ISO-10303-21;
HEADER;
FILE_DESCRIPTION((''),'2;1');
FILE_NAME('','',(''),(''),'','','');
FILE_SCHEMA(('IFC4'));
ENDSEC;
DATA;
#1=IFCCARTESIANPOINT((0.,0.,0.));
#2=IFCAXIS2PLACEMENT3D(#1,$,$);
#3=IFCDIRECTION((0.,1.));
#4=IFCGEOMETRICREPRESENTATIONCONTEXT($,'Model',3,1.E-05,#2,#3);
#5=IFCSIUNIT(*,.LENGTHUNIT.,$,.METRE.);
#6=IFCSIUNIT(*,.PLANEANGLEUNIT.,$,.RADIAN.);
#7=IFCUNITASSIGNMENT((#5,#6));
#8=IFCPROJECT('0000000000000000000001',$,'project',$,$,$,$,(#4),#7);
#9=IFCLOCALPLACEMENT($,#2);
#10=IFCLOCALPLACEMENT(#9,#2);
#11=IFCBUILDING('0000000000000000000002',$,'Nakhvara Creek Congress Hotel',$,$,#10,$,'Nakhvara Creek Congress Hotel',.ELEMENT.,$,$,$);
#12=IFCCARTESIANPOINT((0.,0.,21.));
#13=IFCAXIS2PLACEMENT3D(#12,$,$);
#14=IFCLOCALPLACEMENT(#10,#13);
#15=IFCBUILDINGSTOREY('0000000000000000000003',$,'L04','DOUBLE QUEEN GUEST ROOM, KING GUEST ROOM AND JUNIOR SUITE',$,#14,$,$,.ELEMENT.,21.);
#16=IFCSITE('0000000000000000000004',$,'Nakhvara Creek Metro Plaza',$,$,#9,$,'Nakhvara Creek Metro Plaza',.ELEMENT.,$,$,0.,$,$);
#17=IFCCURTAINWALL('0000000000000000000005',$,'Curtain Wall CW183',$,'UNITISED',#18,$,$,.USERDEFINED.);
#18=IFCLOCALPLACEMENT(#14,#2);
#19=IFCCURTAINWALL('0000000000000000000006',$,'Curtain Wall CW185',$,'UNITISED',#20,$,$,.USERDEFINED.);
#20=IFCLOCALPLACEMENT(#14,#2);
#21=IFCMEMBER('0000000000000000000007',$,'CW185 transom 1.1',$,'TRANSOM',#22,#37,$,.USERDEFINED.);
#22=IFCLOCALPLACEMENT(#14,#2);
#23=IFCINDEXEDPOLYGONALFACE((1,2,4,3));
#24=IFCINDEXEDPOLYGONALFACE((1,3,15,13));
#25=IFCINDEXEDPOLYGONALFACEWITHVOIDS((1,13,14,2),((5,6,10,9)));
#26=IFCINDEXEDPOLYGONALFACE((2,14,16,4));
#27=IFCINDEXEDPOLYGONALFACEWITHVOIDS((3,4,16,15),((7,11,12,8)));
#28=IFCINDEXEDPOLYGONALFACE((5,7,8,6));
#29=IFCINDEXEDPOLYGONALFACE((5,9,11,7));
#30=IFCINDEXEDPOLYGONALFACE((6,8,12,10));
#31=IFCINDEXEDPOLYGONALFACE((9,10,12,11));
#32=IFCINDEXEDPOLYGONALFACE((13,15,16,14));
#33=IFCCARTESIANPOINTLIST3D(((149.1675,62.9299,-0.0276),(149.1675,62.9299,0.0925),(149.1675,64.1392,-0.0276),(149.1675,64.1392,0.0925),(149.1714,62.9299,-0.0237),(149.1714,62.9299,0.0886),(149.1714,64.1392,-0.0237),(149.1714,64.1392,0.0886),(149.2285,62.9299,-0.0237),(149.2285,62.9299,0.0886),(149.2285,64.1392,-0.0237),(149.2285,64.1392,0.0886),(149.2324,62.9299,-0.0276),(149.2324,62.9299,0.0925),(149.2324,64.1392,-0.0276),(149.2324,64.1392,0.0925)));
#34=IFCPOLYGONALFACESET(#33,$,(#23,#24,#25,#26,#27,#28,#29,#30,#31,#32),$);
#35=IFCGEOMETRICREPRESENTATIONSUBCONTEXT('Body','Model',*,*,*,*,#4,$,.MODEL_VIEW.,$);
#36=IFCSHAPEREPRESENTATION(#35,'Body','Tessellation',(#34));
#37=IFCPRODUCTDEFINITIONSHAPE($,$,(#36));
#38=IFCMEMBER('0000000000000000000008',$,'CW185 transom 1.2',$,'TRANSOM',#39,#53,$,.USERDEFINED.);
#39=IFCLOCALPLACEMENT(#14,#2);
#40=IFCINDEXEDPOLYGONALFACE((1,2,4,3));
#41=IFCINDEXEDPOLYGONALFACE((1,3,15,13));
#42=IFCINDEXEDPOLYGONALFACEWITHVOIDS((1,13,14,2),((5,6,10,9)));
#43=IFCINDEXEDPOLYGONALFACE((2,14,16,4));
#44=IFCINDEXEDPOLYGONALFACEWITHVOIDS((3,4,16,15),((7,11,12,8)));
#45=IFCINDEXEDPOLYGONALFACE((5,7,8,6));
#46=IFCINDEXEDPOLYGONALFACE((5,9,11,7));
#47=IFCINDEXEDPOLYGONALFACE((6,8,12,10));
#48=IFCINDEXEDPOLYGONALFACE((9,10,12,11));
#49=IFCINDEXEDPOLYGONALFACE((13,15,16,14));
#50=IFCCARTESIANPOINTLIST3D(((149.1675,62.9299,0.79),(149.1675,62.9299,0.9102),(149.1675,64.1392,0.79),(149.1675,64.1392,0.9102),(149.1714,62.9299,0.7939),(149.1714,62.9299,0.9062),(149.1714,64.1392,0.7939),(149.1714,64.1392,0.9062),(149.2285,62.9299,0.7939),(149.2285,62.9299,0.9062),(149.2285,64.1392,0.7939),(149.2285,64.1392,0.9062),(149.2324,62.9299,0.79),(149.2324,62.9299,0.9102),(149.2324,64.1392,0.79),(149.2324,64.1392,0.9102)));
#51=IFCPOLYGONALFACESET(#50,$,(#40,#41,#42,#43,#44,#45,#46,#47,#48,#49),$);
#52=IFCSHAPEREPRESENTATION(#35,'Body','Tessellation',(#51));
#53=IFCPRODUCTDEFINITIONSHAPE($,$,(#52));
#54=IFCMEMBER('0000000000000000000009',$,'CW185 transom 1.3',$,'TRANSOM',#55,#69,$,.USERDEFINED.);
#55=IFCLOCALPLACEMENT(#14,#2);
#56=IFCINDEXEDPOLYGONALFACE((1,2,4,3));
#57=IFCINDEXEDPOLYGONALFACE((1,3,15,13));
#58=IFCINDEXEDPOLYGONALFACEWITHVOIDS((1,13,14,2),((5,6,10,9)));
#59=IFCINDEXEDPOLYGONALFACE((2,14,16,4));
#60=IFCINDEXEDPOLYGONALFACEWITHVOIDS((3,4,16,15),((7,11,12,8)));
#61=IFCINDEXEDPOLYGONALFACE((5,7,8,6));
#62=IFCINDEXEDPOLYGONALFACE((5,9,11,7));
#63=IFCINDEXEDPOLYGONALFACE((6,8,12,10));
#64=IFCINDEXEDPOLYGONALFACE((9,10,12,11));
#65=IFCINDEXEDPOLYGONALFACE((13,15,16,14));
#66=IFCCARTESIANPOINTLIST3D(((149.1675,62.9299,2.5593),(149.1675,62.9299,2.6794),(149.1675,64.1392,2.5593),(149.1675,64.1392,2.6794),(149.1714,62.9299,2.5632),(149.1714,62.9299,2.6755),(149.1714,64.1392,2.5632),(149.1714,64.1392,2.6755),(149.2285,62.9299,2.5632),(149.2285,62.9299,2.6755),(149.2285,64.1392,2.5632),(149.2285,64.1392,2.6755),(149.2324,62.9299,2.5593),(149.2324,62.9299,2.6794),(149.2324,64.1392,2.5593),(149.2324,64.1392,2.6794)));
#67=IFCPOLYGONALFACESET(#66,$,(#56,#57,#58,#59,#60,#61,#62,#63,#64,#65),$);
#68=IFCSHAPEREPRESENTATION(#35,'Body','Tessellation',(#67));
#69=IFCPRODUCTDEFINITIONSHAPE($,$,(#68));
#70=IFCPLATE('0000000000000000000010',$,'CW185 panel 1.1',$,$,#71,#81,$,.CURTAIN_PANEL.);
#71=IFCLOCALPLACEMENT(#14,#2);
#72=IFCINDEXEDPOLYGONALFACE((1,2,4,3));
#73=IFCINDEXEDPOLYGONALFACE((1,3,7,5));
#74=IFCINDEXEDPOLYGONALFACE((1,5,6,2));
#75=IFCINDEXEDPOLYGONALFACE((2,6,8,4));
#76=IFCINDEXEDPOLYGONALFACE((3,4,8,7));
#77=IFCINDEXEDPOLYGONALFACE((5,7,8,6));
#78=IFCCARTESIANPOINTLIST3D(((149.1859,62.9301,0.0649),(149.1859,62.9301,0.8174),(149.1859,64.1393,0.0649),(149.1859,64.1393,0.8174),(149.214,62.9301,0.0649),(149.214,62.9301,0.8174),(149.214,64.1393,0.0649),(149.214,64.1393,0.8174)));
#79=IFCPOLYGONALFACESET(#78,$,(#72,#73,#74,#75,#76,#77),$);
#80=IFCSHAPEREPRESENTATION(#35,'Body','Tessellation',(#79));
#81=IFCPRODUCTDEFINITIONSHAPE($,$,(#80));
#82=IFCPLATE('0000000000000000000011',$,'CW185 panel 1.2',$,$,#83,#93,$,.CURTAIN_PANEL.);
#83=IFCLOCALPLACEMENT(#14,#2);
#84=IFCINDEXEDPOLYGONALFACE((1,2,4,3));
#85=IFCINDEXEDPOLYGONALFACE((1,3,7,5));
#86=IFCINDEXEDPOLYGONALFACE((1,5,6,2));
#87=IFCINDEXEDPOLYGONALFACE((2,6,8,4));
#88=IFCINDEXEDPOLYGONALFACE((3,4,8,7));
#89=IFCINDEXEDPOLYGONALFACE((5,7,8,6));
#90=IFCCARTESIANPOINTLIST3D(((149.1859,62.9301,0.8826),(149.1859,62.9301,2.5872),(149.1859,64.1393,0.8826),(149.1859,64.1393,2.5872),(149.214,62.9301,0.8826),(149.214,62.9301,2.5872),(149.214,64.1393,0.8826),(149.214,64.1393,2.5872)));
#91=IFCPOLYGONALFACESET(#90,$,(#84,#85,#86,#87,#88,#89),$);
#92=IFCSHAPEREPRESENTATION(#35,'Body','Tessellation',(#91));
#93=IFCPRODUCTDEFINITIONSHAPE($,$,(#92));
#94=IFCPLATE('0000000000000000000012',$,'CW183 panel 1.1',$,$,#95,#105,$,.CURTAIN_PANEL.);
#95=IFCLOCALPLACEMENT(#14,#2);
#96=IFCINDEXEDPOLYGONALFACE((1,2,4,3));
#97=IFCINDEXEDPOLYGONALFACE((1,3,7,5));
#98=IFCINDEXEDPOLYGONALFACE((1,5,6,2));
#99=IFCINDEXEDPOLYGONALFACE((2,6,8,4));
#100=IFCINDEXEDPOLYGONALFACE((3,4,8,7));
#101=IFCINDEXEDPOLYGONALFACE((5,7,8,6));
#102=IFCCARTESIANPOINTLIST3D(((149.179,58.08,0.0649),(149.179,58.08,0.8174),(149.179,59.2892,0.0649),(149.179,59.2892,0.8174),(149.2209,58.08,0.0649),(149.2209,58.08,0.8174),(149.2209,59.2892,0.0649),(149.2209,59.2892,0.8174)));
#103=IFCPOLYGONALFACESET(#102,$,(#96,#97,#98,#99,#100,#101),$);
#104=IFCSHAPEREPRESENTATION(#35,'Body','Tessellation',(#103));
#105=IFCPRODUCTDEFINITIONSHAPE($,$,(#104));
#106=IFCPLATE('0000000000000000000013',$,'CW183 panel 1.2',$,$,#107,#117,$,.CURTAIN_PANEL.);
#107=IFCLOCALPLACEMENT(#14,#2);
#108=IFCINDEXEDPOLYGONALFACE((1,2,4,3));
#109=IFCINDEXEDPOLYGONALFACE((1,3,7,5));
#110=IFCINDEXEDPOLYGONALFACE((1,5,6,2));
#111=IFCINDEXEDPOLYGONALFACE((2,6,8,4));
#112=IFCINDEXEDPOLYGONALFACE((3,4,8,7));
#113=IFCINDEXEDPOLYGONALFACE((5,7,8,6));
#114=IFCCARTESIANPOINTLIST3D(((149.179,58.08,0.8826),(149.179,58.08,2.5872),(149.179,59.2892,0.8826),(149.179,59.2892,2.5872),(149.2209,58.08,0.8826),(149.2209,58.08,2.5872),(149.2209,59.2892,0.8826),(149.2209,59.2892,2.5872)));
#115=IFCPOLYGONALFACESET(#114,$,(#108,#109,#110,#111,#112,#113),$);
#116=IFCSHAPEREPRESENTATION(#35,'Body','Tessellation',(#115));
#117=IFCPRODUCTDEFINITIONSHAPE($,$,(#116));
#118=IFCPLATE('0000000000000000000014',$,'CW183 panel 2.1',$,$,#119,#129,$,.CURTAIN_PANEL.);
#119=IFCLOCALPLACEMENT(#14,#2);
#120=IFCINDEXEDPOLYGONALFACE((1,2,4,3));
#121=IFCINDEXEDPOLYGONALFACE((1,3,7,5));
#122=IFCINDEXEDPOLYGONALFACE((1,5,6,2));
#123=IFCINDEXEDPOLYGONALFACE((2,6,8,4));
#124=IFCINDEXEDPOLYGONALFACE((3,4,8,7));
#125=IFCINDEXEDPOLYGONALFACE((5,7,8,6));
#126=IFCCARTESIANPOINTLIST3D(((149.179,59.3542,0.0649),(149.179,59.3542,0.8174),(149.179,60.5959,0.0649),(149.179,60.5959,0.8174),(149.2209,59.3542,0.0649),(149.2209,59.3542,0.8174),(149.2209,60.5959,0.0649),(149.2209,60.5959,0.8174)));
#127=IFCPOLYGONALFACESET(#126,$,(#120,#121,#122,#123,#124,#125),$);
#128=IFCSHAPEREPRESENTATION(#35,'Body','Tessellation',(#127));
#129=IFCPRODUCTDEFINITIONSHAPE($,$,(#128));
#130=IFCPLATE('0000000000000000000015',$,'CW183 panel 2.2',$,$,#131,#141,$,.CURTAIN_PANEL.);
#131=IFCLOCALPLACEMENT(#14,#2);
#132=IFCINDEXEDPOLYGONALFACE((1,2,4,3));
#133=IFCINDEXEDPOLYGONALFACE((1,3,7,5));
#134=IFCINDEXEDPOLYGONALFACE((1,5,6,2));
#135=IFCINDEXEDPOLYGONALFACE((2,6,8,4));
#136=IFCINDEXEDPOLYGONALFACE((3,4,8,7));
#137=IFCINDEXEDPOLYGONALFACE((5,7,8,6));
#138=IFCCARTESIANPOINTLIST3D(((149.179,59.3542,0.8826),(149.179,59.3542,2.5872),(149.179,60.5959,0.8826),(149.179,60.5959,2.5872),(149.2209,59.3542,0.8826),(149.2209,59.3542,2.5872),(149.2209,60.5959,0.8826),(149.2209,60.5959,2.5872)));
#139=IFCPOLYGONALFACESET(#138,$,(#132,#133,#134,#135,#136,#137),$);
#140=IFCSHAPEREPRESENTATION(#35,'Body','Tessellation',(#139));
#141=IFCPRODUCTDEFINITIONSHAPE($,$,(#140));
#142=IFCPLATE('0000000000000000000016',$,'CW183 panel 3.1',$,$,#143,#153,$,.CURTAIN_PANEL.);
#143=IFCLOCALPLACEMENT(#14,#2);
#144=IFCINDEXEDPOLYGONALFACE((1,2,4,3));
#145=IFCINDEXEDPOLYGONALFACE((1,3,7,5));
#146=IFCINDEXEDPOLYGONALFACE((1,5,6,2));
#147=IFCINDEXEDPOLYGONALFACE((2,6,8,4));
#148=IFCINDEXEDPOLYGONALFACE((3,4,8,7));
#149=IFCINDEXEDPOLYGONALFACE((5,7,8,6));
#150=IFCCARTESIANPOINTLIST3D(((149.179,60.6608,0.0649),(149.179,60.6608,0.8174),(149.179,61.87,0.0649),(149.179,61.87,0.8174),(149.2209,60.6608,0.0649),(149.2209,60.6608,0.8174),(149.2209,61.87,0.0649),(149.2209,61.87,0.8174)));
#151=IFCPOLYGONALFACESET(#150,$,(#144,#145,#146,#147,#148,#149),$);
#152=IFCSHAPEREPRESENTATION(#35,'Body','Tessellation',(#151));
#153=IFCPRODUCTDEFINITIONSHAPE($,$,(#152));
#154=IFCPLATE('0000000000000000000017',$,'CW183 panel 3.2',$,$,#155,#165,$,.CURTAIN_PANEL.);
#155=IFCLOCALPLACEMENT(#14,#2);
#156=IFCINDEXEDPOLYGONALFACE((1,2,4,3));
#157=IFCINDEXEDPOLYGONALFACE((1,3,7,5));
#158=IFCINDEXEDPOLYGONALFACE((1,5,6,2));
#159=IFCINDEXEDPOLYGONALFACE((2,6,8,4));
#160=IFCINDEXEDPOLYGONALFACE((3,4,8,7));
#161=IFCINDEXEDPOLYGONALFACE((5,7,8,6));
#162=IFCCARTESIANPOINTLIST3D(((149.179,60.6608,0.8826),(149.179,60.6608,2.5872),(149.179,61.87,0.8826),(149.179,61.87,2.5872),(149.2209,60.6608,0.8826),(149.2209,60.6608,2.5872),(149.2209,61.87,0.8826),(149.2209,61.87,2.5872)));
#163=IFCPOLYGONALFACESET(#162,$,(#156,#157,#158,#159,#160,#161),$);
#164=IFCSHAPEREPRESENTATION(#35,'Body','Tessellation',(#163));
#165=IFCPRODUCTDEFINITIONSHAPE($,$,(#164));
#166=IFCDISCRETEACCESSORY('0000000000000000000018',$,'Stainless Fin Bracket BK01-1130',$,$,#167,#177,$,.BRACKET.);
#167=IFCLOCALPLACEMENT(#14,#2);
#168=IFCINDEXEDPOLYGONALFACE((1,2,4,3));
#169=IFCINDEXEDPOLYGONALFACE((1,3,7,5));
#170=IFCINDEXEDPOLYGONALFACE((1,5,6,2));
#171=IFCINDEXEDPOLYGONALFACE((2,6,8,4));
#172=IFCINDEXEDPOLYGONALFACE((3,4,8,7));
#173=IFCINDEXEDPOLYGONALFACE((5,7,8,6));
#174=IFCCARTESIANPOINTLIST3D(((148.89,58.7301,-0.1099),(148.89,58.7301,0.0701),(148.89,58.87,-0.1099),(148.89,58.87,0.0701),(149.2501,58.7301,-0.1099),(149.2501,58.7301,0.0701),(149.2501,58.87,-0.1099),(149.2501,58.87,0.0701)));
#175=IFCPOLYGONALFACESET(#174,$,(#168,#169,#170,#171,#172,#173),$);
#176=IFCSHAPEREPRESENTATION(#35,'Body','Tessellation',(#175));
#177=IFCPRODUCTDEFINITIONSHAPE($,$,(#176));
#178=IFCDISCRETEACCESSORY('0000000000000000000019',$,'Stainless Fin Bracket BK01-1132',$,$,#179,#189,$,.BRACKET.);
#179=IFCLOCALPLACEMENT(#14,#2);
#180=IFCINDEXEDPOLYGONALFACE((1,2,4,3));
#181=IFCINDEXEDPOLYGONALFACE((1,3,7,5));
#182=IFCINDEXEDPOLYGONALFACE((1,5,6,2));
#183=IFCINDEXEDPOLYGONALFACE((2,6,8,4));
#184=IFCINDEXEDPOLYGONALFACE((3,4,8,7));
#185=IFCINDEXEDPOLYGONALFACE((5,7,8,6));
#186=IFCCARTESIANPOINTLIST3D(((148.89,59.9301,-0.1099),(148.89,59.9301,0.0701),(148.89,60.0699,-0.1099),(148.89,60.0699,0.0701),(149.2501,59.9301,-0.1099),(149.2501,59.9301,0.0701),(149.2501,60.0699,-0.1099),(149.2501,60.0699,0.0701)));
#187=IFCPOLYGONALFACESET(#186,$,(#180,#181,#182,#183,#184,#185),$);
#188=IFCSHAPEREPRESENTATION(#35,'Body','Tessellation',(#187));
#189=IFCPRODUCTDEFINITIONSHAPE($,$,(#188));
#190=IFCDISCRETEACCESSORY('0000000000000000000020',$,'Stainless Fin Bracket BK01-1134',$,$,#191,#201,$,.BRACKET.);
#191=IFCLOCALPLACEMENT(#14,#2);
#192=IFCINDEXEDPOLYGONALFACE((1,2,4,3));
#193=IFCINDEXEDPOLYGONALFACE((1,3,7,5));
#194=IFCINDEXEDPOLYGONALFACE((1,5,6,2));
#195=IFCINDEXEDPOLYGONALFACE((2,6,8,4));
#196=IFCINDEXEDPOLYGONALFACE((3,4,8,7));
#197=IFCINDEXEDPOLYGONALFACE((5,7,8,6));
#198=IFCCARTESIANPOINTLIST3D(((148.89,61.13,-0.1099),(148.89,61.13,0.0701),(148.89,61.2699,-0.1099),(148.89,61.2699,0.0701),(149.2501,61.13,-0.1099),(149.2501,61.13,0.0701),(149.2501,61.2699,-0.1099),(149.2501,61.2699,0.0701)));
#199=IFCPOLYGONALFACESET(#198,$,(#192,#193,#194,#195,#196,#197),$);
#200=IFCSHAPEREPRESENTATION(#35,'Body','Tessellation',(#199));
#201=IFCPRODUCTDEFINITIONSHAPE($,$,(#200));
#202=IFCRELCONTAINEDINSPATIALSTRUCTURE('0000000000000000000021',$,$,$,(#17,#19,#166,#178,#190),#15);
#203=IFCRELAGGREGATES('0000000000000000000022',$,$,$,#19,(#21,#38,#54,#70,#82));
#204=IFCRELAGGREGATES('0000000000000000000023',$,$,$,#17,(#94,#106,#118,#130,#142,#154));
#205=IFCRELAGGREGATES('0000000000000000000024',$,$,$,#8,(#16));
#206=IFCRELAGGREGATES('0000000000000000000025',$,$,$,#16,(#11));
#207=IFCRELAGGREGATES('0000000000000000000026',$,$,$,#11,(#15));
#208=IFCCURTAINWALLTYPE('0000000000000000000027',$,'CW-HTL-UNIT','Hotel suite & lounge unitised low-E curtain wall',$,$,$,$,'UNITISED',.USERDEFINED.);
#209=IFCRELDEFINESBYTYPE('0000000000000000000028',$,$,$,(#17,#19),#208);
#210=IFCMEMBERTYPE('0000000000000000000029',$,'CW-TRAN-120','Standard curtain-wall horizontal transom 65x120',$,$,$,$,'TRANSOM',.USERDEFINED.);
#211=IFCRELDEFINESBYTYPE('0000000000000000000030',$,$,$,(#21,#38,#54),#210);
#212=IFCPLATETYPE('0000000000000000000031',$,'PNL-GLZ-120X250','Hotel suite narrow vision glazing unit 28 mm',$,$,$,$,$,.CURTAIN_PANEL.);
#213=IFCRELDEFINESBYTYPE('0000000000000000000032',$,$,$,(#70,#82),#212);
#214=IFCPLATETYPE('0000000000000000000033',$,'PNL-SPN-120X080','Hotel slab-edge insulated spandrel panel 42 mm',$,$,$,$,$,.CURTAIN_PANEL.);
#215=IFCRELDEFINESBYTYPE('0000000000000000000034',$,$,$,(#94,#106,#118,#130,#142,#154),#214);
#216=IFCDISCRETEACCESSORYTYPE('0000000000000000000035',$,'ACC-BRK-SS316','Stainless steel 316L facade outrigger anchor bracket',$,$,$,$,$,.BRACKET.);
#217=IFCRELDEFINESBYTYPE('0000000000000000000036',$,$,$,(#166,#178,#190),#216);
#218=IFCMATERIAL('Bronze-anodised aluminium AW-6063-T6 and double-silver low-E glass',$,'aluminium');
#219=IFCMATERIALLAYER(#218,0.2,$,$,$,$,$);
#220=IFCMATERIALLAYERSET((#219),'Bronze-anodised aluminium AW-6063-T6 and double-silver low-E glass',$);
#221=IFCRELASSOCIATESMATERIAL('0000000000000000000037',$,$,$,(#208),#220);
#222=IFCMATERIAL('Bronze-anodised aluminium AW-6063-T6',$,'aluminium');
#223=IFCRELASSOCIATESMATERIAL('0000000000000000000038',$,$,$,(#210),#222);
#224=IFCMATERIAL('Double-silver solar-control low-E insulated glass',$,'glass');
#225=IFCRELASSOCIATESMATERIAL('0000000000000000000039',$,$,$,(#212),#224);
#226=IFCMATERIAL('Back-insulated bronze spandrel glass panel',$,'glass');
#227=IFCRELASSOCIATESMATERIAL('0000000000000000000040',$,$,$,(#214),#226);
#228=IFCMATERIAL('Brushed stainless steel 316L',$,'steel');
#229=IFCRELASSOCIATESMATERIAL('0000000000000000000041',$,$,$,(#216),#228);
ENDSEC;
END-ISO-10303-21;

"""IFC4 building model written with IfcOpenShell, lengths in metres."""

from ifc_helpers import new_model, si_unit, direction, frame, origin, origin_2d, place, context, subcontext, project, spatial, rectangle, hollow_rectangle, extrude, material, layer, layer_set, material_profile, profile_set, type_object, element, aggregate, save


model = new_model("IFC4")

# Units and contexts
model_context = context("Model", 3, precision=1e-05, world=origin(), true_north=direction((0.0, 1.0)))
body_context = subcontext(model_context, "Body", "Model", "MODEL_VIEW")
ifc_project = project(units=[si_unit("LENGTHUNIT", "METRE"), si_unit("PLANEANGLEUNIT", "RADIAN")], contexts=[model_context])

# Site, building, storey
site_placement = place(None, origin())
site = spatial("IfcSite", under=ifc_project, at=site_placement, Name="Nakhvara Creek Metro Plaza", LongName="Nakhvara Creek Metro Plaza", CompositionType="ELEMENT", RefElevation=0.0)
building_placement = place(site_placement, origin())
building = spatial("IfcBuilding", under=site, at=building_placement, Name="Nakhvara Creek Congress Hotel", LongName="Nakhvara Creek Congress Hotel", CompositionType="ELEMENT")
storey_placement = place(building_placement, frame((0.0, 0.0, 21.0)))
storey = spatial("IfcBuildingStorey", under=building, at=storey_placement, Name="L04", Description="DOUBLE QUEEN GUEST ROOM, KING GUEST ROOM AND JUNIOR SUITE", CompositionType="ELEMENT", Elevation=21.0)

# Curtain wall
ifc_material_1 = material(Name="Bronze-anodised aluminium AW-6063-T6 and double-silver low-E glass", Category="aluminium")
ifc_layer = layer(ifc_material_1, 0.2)
ifc_layer_set = layer_set([ifc_layer], Name="Bronze-anodised aluminium AW-6063-T6 and double-silver low-E glass")
curtain_wall_type = type_object("IfcCurtainWallType", Name="CW-HTL-UNIT", Description="Hotel suite & lounge unitised low-E curtain wall", ElementType="UNITISED", PredefinedType="USERDEFINED", material=ifc_layer_set)
curtain_wall_1_placement = place(storey_placement, origin())
curtain_wall_1 = element("IfcCurtainWall", 1, at=curtain_wall_1_placement, inside=storey, type_object=curtain_wall_type, Name="Curtain Wall CW183", ObjectType="UNITISED", PredefinedType="USERDEFINED")
ifc_material_2 = material(Name="Bronze-anodised aluminium AW-6063-T6", Category="aluminium")

# Curtain wall
curtain_wall_2_placement = place(storey_placement, origin())
curtain_wall_2 = element("IfcCurtainWall", 2, at=curtain_wall_2_placement, inside=storey, type_object=curtain_wall_type, Name="Curtain Wall CW185", ObjectType="UNITISED", PredefinedType="USERDEFINED")

# Members
ifc_material_profile_1 = material_profile(ifc_material_2, hollow_rectangle(XDim=0.0649, YDim=0.1201, WallThickness=0.0039, at=origin_2d()), Name="ALU-TRAN 65x120x4", Category="LoadBearing")
ifc_profile_set_1 = profile_set([ifc_material_profile_1], Name="Bronze-anodised aluminium AW-6063-T6")
member_type_1 = type_object("IfcMemberType", Name="CW-TRAN-120", Description="Standard curtain-wall horizontal transom 65x120", ElementType="TRANSOM", PredefinedType="USERDEFINED", material=ifc_profile_set_1)
member_1_placement = place(storey_placement, frame((149.2, 62.9299, 0.0325), z_axis=(0.0, 1.0, 0.0), x_axis=(-1.0, 0.0, 0.0)))
member_1 = element("IfcMember", 3, at=member_1_placement, type_object=member_type_1, Name="CW185 transom 1.1", ObjectType="TRANSOM", PredefinedType="USERDEFINED", context=body_context, shape_type="SweptSolid", body=[
    extrude(hollow_rectangle(XDim=0.0649, YDim=0.1201, WallThickness=0.0039, at=origin_2d()), origin(), (0.0, 0.0, 1.0), 1.2092),
])
member_2_placement = place(storey_placement, frame((149.2, 62.9299, 0.8501), z_axis=(0.0, 1.0, 0.0), x_axis=(-1.0, 0.0, 0.0)))
member_2 = element("IfcMember", 4, at=member_2_placement, type_object=member_type_1, Name="CW185 transom 1.2", ObjectType="TRANSOM", PredefinedType="USERDEFINED", context=body_context, shape_type="SweptSolid", body=[
    extrude(hollow_rectangle(XDim=0.0649, YDim=0.1201, WallThickness=0.0039, at=origin_2d()), origin(), (0.0, 0.0, 1.0), 1.2092),
])
member_3_placement = place(storey_placement, frame((149.2, 62.9299, 2.6194), z_axis=(0.0, 1.0, 0.0), x_axis=(-1.0, 0.0, 0.0)))
member_3 = element("IfcMember", 5, at=member_3_placement, type_object=member_type_1, Name="CW185 transom 1.3", ObjectType="TRANSOM", PredefinedType="USERDEFINED", context=body_context, shape_type="SweptSolid", body=[
    extrude(hollow_rectangle(XDim=0.0649, YDim=0.1201, WallThickness=0.0039, at=origin_2d()), origin(), (0.0, 0.0, 1.0), 1.2092),
])

# Plates
ifc_material_3 = material(Name="Double-silver solar-control low-E insulated glass", Category="glass")
plate_type_1 = type_object("IfcPlateType", Name="PNL-GLZ-120X250", Description="Hotel suite narrow vision glazing unit 28 mm", PredefinedType="CURTAIN_PANEL", material=ifc_material_3)
plate_1_placement = place(storey_placement, frame((149.2, 63.5347, 0.0649), z_axis=(0.0, 0.0, 1.0), x_axis=(0.0, 1.0, 0.0)))
plate_1 = element("IfcPlate", 6, at=plate_1_placement, type_object=plate_type_1, Name="CW185 panel 1.1", PredefinedType="CURTAIN_PANEL", context=body_context, shape_type="SweptSolid", body=[
    extrude(rectangle(XDim=1.2092, YDim=0.0281, at=origin_2d()), origin(), (0.0, 0.0, 1.0), 0.7524),
])
plate_2_placement = place(storey_placement, frame((149.2, 63.5347, 0.8826), z_axis=(0.0, 0.0, 1.0), x_axis=(0.0, 1.0, 0.0)))
plate_2 = element("IfcPlate", 7, at=plate_2_placement, type_object=plate_type_1, Name="CW185 panel 1.2", PredefinedType="CURTAIN_PANEL", context=body_context, shape_type="SweptSolid", body=[
    extrude(rectangle(XDim=1.2092, YDim=0.0281, at=origin_2d()), origin(), (0.0, 0.0, 1.0), 1.7046),
])
aggregate(curtain_wall_2, [member_1, member_2, member_3, plate_1, plate_2])
ifc_material_4 = material(Name="Back-insulated bronze spandrel glass panel", Category="glass")
plate_type_2 = type_object("IfcPlateType", Name="PNL-SPN-120X080", Description="Hotel slab-edge insulated spandrel panel 42 mm", PredefinedType="CURTAIN_PANEL", material=ifc_material_4)
plate_3_placement = place(storey_placement, frame((149.2, 58.6846, 0.0649), z_axis=(0.0, 0.0, 1.0), x_axis=(0.0, 1.0, 0.0)))
plate_3 = element("IfcPlate", 8, at=plate_3_placement, type_object=plate_type_2, Name="CW183 panel 1.1", PredefinedType="CURTAIN_PANEL", context=body_context, shape_type="SweptSolid", body=[
    extrude(rectangle(XDim=1.2092, YDim=0.042, at=origin_2d()), origin(), (0.0, 0.0, 1.0), 0.7524),
])
plate_4_placement = place(storey_placement, frame((149.2, 58.6846, 0.8826), z_axis=(0.0, 0.0, 1.0), x_axis=(0.0, 1.0, 0.0)))
plate_4 = element("IfcPlate", 9, at=plate_4_placement, type_object=plate_type_2, Name="CW183 panel 1.2", PredefinedType="CURTAIN_PANEL", context=body_context, shape_type="SweptSolid", body=[
    extrude(rectangle(XDim=1.2092, YDim=0.042, at=origin_2d()), origin(), (0.0, 0.0, 1.0), 1.7046),
])
plate_5_placement = place(storey_placement, frame((149.2, 59.9751, 0.0649), z_axis=(0.0, 0.0, 1.0), x_axis=(0.0, 1.0, 0.0)))
plate_5 = element("IfcPlate", 10, at=plate_5_placement, type_object=plate_type_2, Name="CW183 panel 2.1", PredefinedType="CURTAIN_PANEL", context=body_context, shape_type="SweptSolid", body=[
    extrude(rectangle(XDim=1.2417, YDim=0.042, at=origin_2d()), origin(), (0.0, 0.0, 1.0), 0.7524),
])
plate_6_placement = place(storey_placement, frame((149.2, 59.9751, 0.8826), z_axis=(0.0, 0.0, 1.0), x_axis=(0.0, 1.0, 0.0)))
plate_6 = element("IfcPlate", 11, at=plate_6_placement, type_object=plate_type_2, Name="CW183 panel 2.2", PredefinedType="CURTAIN_PANEL", context=body_context, shape_type="SweptSolid", body=[
    extrude(rectangle(XDim=1.2417, YDim=0.042, at=origin_2d()), origin(), (0.0, 0.0, 1.0), 1.7046),
])
plate_7_placement = place(storey_placement, frame((149.2, 61.2654, 0.0649), z_axis=(0.0, 0.0, 1.0), x_axis=(0.0, 1.0, 0.0)))
plate_7 = element("IfcPlate", 12, at=plate_7_placement, type_object=plate_type_2, Name="CW183 panel 3.1", PredefinedType="CURTAIN_PANEL", context=body_context, shape_type="SweptSolid", body=[
    extrude(rectangle(XDim=1.2092, YDim=0.042, at=origin_2d()), origin(), (0.0, 0.0, 1.0), 0.7524),
])
plate_8_placement = place(storey_placement, frame((149.2, 61.2654, 0.8826), z_axis=(0.0, 0.0, 1.0), x_axis=(0.0, 1.0, 0.0)))
plate_8 = element("IfcPlate", 13, at=plate_8_placement, type_object=plate_type_2, Name="CW183 panel 3.2", PredefinedType="CURTAIN_PANEL", context=body_context, shape_type="SweptSolid", body=[
    extrude(rectangle(XDim=1.2092, YDim=0.042, at=origin_2d()), origin(), (0.0, 0.0, 1.0), 1.7046),
])
aggregate(curtain_wall_1, [plate_3, plate_4, plate_5, plate_6, plate_7, plate_8])

# Discrete accessories
ifc_material_5 = material(Name="Brushed stainless steel 316L", Category="steel")
discrete_accessory_type = type_object("IfcDiscreteAccessoryType", Name="ACC-BRK-SS316", Description="Stainless steel 316L facade outrigger anchor bracket", PredefinedType="BRACKET", material=ifc_material_5)
for number, where, z_axis, x_axis, name in (
    (14, (149.0701, 58.8, -0.1099), (0.0, 0.0, 1.0), (0.0, 1.0, 0.0), "Stainless Fin Bracket BK01-1130"),
    (15, (149.0701, 60.0, -0.1099), (0.0, 0.0, 1.0), (0.0, 1.0, 0.0), "Stainless Fin Bracket BK01-1132"),
    (16, (149.0701, 61.2, -0.1099), (0.0, 0.0, 1.0), (0.0, 1.0, 0.0), "Stainless Fin Bracket BK01-1134"),
):
    element("IfcDiscreteAccessory", number, at=place(storey_placement, frame(where, z_axis=z_axis, x_axis=x_axis)), inside=storey, type_object=discrete_accessory_type, Name=name, PredefinedType="BRACKET", context=body_context, shape_type="SweptSolid", body=[
        extrude(rectangle(XDim=0.1399, YDim=0.3601, at=origin_2d()), origin(), (0.0, 0.0, 1.0), 0.1799),
    ])

save(model, "model.ifc")
